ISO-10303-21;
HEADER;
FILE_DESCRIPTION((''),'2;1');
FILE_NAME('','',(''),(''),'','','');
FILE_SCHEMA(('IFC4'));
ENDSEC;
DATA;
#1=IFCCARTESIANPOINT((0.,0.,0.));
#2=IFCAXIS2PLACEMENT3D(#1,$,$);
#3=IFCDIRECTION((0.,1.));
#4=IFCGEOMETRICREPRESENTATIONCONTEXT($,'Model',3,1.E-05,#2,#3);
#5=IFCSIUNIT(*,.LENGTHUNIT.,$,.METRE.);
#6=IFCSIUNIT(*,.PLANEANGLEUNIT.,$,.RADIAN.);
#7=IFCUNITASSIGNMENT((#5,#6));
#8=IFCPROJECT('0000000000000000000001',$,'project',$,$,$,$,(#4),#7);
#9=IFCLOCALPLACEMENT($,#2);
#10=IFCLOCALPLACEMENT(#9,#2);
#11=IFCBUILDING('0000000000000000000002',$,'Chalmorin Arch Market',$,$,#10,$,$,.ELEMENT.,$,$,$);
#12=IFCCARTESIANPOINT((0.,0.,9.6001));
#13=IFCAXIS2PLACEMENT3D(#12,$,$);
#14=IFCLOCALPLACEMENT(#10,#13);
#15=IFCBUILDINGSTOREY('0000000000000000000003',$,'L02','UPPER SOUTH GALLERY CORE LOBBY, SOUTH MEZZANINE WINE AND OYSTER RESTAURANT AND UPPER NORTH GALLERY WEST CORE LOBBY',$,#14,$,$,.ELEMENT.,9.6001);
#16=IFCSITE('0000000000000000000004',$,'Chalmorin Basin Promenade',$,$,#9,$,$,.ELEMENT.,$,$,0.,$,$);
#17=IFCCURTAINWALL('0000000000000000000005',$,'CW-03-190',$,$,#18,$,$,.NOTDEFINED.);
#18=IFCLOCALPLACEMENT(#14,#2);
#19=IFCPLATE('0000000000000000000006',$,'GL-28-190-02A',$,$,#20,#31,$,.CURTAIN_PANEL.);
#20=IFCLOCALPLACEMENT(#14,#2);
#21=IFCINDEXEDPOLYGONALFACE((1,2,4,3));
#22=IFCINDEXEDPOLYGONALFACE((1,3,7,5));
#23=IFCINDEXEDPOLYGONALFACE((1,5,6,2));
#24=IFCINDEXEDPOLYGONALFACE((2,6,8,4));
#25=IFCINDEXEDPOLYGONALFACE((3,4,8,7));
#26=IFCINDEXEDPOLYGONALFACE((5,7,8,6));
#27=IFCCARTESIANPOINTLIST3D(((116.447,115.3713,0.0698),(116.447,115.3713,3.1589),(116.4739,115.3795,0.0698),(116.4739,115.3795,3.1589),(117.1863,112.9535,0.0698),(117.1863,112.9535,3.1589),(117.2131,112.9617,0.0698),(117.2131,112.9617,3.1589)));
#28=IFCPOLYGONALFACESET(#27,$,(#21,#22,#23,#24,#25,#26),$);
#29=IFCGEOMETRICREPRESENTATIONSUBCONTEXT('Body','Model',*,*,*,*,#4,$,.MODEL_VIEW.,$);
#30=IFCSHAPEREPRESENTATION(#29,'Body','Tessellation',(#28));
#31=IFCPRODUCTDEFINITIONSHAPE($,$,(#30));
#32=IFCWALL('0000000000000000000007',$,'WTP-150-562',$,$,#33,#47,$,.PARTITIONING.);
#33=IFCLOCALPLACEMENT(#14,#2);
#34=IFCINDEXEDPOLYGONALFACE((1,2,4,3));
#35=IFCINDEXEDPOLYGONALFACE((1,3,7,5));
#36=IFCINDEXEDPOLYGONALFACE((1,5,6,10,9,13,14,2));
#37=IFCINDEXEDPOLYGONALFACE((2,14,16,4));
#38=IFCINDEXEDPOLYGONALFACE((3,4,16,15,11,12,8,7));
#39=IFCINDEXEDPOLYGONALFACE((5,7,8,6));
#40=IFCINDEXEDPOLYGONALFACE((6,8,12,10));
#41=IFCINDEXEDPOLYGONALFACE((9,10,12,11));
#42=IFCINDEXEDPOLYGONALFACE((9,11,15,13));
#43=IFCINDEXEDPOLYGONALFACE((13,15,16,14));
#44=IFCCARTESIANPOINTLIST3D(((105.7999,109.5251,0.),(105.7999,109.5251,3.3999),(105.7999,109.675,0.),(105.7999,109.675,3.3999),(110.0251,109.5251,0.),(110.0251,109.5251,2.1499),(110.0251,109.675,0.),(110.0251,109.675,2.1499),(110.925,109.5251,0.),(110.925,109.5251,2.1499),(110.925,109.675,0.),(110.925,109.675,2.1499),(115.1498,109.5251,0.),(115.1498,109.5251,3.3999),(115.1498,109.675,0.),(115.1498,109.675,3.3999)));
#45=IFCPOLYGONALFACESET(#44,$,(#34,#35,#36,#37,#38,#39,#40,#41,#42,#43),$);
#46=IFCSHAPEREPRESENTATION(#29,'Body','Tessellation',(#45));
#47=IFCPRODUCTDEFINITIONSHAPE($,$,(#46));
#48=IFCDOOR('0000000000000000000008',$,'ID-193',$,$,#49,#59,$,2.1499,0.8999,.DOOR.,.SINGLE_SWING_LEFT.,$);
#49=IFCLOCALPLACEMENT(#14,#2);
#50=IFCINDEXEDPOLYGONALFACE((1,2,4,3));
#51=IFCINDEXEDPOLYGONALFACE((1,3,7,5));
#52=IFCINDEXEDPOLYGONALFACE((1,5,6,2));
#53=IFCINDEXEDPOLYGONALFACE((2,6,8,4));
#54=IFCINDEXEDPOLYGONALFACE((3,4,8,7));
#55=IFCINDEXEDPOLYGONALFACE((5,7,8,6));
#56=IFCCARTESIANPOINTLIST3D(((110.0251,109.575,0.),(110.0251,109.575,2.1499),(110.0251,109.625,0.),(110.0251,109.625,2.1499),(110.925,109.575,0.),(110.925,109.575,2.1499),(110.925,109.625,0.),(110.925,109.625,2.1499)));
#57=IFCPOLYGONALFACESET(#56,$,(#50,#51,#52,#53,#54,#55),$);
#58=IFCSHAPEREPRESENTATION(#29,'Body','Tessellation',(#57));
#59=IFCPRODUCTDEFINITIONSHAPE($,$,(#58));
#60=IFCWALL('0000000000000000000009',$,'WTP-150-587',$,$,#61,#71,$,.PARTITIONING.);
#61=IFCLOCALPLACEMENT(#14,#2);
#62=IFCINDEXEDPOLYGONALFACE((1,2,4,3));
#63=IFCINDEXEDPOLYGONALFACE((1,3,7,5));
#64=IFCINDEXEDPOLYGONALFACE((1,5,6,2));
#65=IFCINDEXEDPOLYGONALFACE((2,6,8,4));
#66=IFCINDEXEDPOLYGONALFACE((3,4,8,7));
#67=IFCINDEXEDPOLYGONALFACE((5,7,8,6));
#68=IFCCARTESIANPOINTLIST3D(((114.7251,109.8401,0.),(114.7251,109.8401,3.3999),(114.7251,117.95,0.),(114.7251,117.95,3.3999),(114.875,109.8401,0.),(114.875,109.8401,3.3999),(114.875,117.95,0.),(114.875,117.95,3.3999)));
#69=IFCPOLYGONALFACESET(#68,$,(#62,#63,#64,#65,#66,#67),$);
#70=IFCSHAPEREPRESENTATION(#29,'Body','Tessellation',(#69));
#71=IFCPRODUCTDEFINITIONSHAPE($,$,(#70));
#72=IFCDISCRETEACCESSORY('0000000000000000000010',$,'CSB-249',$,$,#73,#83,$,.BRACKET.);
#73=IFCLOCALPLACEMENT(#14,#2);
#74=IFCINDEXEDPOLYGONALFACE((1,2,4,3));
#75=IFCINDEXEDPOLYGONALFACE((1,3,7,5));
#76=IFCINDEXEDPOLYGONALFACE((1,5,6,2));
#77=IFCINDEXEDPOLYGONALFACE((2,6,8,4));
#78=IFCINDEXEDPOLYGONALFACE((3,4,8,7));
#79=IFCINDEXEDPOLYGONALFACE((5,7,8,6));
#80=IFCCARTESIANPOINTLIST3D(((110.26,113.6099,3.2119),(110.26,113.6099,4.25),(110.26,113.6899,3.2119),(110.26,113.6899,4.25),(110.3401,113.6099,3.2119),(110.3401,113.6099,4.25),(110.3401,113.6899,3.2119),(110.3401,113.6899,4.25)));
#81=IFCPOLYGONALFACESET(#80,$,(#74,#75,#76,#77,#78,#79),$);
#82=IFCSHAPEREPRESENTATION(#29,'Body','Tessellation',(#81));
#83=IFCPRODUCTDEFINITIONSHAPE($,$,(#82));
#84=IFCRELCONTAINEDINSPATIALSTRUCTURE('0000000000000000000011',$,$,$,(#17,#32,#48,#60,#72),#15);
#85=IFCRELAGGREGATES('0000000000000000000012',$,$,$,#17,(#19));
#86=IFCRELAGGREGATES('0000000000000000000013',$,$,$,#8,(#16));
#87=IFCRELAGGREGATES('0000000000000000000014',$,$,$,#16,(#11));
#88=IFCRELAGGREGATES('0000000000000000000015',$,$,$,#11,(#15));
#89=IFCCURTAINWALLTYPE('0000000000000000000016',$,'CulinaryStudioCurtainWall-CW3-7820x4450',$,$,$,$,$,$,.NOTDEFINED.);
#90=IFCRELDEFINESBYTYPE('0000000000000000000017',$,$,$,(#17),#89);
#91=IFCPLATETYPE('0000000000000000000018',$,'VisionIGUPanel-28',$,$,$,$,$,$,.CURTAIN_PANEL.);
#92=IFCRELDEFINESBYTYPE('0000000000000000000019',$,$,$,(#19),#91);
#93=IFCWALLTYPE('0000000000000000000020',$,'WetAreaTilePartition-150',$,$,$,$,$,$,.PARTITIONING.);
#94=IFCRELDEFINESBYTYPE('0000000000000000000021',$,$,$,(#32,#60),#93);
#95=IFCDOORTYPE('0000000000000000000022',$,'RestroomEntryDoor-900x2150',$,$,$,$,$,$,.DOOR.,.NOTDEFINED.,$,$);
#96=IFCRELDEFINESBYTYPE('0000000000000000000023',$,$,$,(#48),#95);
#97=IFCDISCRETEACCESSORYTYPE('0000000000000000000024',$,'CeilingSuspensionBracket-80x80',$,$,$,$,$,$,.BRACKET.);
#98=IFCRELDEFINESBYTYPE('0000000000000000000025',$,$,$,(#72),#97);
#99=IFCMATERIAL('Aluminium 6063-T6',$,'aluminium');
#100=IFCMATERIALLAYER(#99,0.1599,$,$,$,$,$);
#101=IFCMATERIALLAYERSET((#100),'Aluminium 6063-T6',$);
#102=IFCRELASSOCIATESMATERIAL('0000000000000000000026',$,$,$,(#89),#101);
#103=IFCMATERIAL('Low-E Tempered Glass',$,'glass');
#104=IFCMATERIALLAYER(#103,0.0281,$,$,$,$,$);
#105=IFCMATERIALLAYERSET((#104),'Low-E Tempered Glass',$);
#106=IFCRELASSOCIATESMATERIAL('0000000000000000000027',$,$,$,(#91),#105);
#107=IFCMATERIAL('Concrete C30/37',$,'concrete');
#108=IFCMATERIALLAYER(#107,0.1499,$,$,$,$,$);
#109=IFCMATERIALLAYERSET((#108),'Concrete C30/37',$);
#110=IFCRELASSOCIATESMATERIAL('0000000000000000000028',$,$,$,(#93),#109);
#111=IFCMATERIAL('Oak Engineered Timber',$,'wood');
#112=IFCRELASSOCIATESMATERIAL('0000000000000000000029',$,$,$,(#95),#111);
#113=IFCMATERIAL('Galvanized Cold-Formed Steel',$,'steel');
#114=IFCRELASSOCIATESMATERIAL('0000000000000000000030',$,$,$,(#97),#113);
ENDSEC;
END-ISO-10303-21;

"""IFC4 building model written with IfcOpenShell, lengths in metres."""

from ifc_helpers import new_model, si_unit, direction, frame, frame_2d, origin, origin_2d, place, context, subcontext, project, spatial, rectangle, extrude, material, layer, layer_set, type_object, element, fill, aggregate, save


model = new_model("IFC4")

# Units and contexts
model_context = context("Model", 3, precision=1e-05, world=origin(), true_north=direction((0.0, 1.0)))
body_context = subcontext(model_context, "Body", "Model", "MODEL_VIEW")
ifc_project = project(units=[si_unit("LENGTHUNIT", "METRE"), si_unit("PLANEANGLEUNIT", "RADIAN")], contexts=[model_context])

# Site, building, storey
site_placement = place(None, origin())
site = spatial("IfcSite", under=ifc_project, at=site_placement, Name="Chalmorin Basin Promenade", CompositionType="ELEMENT", RefElevation=0.0)
building_placement = place(site_placement, origin())
building = spatial("IfcBuilding", under=site, at=building_placement, Name="Chalmorin Arch Market", CompositionType="ELEMENT")
storey_placement = place(building_placement, frame((0.0, 0.0, 9.6001)))
storey = spatial("IfcBuildingStorey", under=building, at=storey_placement, Name="L02", Description="UPPER SOUTH GALLERY CORE LOBBY, SOUTH MEZZANINE WINE AND OYSTER RESTAURANT AND UPPER NORTH GALLERY WEST CORE LOBBY", CompositionType="ELEMENT", Elevation=9.6001)

# Curtain wall
ifc_material_1 = material(Name="Aluminium 6063-T6", Category="aluminium")
ifc_layer_1 = layer(ifc_material_1, 0.1599)
ifc_layer_set_1 = layer_set([ifc_layer_1], Name="Aluminium 6063-T6")
curtain_wall_type_1 = type_object("IfcCurtainWallType", Name="CulinaryStudioCurtainWall-CW3-7820x4450", PredefinedType="NOTDEFINED", material=ifc_layer_set_1)
curtain_wall_1_placement = place(storey_placement, origin())
curtain_wall_1 = element("IfcCurtainWall", 1, at=curtain_wall_1_placement, inside=storey, type_object=curtain_wall_type_1, Name="CW-03-190", PredefinedType="NOTDEFINED")

# Plate
ifc_material_2 = material(Name="Low-E Tempered Glass", Category="glass")
ifc_layer_2 = layer(ifc_material_2, 0.0281)
ifc_layer_set_2 = layer_set([ifc_layer_2], Name="Low-E Tempered Glass")
plate_type_1 = type_object("IfcPlateType", Name="VisionIGUPanel-28", PredefinedType="CURTAIN_PANEL", material=ifc_layer_set_2)
plate_1_placement = place(storey_placement, frame((116.8301, 114.1665, 0.0698), z_axis=(0.0, 0.0, 1.0), x_axis=(-0.292372, 0.956305, 0.0)))
plate_1 = element("IfcPlate", 2, at=plate_1_placement, type_object=plate_type_1, Name="GL-28-190-02A", PredefinedType="CURTAIN_PANEL", context=body_context, shape_type="SweptSolid", body=[
    extrude(rectangle(XDim=2.5283, YDim=0.0281, at=origin_2d()), origin(), (0.0, 0.0, 1.0), 3.0891),
])
aggregate(curtain_wall_1, [plate_1])

# Wall, opening, door
ifc_material_3 = material(Name="Concrete C30/37", Category="concrete")
ifc_layer_3 = layer(ifc_material_3, 0.1499)
ifc_layer_set_3 = layer_set([ifc_layer_3], Name="Concrete C30/37")
wall_type = type_object("IfcWallType", Name="WetAreaTilePartition-150", PredefinedType="PARTITIONING", material=ifc_layer_set_3)
wall_1_placement = place(storey_placement, frame((105.8, 109.6001, 0.0), z_axis=(0.0, 0.0, 1.0), x_axis=(1.0, 0.0, 0.0)))
wall_1 = element("IfcWall", 3, at=wall_1_placement, inside=storey, type_object=wall_type, Name="WTP-150-562", PredefinedType="PARTITIONING", context=body_context, shape_type="SweptSolid", body=[
    extrude(rectangle(XDim=9.3499, YDim=0.1499, at=frame_2d((4.6748, 0.0))), origin(), (0.0, 0.0, 1.0), 3.3999),
])
opening_placement = place(wall_1_placement, frame((4.2251, 0.0, 0.0)))
opening = element("IfcOpeningElement", 4, at=opening_placement, cuts=wall_1, PredefinedType="OPENING", context=body_context, shape_type="SweptSolid", body=[
    extrude(rectangle(XDim=0.8999, YDim=2.1499, at=frame_2d((0.45, 1.075))), frame((0.0, 0.085, 0.0), z_axis=(0.0, -1.0, 0.0), x_axis=(1.0, 0.0, 0.0)), (0.0, 0.0, 1.0), 0.1699),
])
ifc_material_4 = material(Name="Oak Engineered Timber", Category="wood")
door_type = type_object("IfcDoorType", Name="RestroomEntryDoor-900x2150", OperationType="NOTDEFINED", PredefinedType="DOOR", material=ifc_material_4)
door_placement = place(opening_placement, origin())
door = element("IfcDoor", 5, at=door_placement, inside=storey, type_object=door_type, Name="ID-193", OperationType="SINGLE_SWING_LEFT", OverallHeight=2.1499, OverallWidth=0.8999, PredefinedType="DOOR", context=body_context, shape_type="SweptSolid", body=[
    extrude(rectangle(XDim=0.8999, YDim=2.1499, at=frame_2d((0.45, 1.075))), frame((0.0, 0.0249, 0.0), z_axis=(0.0, -1.0, 0.0), x_axis=(1.0, 0.0, 0.0)), (0.0, 0.0, 1.0), 0.05),
])
fill(opening, door)

# Wall
wall_2_placement = place(storey_placement, frame((114.8, 109.8401, 0.0), z_axis=(0.0, 0.0, 1.0), x_axis=(0.0, 1.0, 0.0)))
element("IfcWall", 6, at=wall_2_placement, inside=storey, type_object=wall_type, Name="WTP-150-587", PredefinedType="PARTITIONING", context=body_context, shape_type="SweptSolid", body=[
    extrude(rectangle(XDim=8.1099, YDim=0.1499, at=frame_2d((4.0549, 0.0))), origin(), (0.0, 0.0, 1.0), 3.3999),
])

# Discrete accessory
ifc_material_5 = material(Name="Galvanized Cold-Formed Steel", Category="steel")
discrete_accessory_type = type_object("IfcDiscreteAccessoryType", Name="CeilingSuspensionBracket-80x80", PredefinedType="BRACKET", material=ifc_material_5)
discrete_accessory_placement = place(storey_placement, frame((110.3, 113.6499, 3.2119), z_axis=(0.0, 0.0, 1.0), x_axis=(1.0, 0.0, 0.0)))
element("IfcDiscreteAccessory", 7, at=discrete_accessory_placement, inside=storey, type_object=discrete_accessory_type, Name="CSB-249", PredefinedType="BRACKET", context=body_context, shape_type="SweptSolid", body=[
    extrude(rectangle(XDim=0.0801, YDim=0.0801, at=origin_2d()), origin(), (0.0, 0.0, 1.0), 1.0381),
])

save(model, "model.ifc")
